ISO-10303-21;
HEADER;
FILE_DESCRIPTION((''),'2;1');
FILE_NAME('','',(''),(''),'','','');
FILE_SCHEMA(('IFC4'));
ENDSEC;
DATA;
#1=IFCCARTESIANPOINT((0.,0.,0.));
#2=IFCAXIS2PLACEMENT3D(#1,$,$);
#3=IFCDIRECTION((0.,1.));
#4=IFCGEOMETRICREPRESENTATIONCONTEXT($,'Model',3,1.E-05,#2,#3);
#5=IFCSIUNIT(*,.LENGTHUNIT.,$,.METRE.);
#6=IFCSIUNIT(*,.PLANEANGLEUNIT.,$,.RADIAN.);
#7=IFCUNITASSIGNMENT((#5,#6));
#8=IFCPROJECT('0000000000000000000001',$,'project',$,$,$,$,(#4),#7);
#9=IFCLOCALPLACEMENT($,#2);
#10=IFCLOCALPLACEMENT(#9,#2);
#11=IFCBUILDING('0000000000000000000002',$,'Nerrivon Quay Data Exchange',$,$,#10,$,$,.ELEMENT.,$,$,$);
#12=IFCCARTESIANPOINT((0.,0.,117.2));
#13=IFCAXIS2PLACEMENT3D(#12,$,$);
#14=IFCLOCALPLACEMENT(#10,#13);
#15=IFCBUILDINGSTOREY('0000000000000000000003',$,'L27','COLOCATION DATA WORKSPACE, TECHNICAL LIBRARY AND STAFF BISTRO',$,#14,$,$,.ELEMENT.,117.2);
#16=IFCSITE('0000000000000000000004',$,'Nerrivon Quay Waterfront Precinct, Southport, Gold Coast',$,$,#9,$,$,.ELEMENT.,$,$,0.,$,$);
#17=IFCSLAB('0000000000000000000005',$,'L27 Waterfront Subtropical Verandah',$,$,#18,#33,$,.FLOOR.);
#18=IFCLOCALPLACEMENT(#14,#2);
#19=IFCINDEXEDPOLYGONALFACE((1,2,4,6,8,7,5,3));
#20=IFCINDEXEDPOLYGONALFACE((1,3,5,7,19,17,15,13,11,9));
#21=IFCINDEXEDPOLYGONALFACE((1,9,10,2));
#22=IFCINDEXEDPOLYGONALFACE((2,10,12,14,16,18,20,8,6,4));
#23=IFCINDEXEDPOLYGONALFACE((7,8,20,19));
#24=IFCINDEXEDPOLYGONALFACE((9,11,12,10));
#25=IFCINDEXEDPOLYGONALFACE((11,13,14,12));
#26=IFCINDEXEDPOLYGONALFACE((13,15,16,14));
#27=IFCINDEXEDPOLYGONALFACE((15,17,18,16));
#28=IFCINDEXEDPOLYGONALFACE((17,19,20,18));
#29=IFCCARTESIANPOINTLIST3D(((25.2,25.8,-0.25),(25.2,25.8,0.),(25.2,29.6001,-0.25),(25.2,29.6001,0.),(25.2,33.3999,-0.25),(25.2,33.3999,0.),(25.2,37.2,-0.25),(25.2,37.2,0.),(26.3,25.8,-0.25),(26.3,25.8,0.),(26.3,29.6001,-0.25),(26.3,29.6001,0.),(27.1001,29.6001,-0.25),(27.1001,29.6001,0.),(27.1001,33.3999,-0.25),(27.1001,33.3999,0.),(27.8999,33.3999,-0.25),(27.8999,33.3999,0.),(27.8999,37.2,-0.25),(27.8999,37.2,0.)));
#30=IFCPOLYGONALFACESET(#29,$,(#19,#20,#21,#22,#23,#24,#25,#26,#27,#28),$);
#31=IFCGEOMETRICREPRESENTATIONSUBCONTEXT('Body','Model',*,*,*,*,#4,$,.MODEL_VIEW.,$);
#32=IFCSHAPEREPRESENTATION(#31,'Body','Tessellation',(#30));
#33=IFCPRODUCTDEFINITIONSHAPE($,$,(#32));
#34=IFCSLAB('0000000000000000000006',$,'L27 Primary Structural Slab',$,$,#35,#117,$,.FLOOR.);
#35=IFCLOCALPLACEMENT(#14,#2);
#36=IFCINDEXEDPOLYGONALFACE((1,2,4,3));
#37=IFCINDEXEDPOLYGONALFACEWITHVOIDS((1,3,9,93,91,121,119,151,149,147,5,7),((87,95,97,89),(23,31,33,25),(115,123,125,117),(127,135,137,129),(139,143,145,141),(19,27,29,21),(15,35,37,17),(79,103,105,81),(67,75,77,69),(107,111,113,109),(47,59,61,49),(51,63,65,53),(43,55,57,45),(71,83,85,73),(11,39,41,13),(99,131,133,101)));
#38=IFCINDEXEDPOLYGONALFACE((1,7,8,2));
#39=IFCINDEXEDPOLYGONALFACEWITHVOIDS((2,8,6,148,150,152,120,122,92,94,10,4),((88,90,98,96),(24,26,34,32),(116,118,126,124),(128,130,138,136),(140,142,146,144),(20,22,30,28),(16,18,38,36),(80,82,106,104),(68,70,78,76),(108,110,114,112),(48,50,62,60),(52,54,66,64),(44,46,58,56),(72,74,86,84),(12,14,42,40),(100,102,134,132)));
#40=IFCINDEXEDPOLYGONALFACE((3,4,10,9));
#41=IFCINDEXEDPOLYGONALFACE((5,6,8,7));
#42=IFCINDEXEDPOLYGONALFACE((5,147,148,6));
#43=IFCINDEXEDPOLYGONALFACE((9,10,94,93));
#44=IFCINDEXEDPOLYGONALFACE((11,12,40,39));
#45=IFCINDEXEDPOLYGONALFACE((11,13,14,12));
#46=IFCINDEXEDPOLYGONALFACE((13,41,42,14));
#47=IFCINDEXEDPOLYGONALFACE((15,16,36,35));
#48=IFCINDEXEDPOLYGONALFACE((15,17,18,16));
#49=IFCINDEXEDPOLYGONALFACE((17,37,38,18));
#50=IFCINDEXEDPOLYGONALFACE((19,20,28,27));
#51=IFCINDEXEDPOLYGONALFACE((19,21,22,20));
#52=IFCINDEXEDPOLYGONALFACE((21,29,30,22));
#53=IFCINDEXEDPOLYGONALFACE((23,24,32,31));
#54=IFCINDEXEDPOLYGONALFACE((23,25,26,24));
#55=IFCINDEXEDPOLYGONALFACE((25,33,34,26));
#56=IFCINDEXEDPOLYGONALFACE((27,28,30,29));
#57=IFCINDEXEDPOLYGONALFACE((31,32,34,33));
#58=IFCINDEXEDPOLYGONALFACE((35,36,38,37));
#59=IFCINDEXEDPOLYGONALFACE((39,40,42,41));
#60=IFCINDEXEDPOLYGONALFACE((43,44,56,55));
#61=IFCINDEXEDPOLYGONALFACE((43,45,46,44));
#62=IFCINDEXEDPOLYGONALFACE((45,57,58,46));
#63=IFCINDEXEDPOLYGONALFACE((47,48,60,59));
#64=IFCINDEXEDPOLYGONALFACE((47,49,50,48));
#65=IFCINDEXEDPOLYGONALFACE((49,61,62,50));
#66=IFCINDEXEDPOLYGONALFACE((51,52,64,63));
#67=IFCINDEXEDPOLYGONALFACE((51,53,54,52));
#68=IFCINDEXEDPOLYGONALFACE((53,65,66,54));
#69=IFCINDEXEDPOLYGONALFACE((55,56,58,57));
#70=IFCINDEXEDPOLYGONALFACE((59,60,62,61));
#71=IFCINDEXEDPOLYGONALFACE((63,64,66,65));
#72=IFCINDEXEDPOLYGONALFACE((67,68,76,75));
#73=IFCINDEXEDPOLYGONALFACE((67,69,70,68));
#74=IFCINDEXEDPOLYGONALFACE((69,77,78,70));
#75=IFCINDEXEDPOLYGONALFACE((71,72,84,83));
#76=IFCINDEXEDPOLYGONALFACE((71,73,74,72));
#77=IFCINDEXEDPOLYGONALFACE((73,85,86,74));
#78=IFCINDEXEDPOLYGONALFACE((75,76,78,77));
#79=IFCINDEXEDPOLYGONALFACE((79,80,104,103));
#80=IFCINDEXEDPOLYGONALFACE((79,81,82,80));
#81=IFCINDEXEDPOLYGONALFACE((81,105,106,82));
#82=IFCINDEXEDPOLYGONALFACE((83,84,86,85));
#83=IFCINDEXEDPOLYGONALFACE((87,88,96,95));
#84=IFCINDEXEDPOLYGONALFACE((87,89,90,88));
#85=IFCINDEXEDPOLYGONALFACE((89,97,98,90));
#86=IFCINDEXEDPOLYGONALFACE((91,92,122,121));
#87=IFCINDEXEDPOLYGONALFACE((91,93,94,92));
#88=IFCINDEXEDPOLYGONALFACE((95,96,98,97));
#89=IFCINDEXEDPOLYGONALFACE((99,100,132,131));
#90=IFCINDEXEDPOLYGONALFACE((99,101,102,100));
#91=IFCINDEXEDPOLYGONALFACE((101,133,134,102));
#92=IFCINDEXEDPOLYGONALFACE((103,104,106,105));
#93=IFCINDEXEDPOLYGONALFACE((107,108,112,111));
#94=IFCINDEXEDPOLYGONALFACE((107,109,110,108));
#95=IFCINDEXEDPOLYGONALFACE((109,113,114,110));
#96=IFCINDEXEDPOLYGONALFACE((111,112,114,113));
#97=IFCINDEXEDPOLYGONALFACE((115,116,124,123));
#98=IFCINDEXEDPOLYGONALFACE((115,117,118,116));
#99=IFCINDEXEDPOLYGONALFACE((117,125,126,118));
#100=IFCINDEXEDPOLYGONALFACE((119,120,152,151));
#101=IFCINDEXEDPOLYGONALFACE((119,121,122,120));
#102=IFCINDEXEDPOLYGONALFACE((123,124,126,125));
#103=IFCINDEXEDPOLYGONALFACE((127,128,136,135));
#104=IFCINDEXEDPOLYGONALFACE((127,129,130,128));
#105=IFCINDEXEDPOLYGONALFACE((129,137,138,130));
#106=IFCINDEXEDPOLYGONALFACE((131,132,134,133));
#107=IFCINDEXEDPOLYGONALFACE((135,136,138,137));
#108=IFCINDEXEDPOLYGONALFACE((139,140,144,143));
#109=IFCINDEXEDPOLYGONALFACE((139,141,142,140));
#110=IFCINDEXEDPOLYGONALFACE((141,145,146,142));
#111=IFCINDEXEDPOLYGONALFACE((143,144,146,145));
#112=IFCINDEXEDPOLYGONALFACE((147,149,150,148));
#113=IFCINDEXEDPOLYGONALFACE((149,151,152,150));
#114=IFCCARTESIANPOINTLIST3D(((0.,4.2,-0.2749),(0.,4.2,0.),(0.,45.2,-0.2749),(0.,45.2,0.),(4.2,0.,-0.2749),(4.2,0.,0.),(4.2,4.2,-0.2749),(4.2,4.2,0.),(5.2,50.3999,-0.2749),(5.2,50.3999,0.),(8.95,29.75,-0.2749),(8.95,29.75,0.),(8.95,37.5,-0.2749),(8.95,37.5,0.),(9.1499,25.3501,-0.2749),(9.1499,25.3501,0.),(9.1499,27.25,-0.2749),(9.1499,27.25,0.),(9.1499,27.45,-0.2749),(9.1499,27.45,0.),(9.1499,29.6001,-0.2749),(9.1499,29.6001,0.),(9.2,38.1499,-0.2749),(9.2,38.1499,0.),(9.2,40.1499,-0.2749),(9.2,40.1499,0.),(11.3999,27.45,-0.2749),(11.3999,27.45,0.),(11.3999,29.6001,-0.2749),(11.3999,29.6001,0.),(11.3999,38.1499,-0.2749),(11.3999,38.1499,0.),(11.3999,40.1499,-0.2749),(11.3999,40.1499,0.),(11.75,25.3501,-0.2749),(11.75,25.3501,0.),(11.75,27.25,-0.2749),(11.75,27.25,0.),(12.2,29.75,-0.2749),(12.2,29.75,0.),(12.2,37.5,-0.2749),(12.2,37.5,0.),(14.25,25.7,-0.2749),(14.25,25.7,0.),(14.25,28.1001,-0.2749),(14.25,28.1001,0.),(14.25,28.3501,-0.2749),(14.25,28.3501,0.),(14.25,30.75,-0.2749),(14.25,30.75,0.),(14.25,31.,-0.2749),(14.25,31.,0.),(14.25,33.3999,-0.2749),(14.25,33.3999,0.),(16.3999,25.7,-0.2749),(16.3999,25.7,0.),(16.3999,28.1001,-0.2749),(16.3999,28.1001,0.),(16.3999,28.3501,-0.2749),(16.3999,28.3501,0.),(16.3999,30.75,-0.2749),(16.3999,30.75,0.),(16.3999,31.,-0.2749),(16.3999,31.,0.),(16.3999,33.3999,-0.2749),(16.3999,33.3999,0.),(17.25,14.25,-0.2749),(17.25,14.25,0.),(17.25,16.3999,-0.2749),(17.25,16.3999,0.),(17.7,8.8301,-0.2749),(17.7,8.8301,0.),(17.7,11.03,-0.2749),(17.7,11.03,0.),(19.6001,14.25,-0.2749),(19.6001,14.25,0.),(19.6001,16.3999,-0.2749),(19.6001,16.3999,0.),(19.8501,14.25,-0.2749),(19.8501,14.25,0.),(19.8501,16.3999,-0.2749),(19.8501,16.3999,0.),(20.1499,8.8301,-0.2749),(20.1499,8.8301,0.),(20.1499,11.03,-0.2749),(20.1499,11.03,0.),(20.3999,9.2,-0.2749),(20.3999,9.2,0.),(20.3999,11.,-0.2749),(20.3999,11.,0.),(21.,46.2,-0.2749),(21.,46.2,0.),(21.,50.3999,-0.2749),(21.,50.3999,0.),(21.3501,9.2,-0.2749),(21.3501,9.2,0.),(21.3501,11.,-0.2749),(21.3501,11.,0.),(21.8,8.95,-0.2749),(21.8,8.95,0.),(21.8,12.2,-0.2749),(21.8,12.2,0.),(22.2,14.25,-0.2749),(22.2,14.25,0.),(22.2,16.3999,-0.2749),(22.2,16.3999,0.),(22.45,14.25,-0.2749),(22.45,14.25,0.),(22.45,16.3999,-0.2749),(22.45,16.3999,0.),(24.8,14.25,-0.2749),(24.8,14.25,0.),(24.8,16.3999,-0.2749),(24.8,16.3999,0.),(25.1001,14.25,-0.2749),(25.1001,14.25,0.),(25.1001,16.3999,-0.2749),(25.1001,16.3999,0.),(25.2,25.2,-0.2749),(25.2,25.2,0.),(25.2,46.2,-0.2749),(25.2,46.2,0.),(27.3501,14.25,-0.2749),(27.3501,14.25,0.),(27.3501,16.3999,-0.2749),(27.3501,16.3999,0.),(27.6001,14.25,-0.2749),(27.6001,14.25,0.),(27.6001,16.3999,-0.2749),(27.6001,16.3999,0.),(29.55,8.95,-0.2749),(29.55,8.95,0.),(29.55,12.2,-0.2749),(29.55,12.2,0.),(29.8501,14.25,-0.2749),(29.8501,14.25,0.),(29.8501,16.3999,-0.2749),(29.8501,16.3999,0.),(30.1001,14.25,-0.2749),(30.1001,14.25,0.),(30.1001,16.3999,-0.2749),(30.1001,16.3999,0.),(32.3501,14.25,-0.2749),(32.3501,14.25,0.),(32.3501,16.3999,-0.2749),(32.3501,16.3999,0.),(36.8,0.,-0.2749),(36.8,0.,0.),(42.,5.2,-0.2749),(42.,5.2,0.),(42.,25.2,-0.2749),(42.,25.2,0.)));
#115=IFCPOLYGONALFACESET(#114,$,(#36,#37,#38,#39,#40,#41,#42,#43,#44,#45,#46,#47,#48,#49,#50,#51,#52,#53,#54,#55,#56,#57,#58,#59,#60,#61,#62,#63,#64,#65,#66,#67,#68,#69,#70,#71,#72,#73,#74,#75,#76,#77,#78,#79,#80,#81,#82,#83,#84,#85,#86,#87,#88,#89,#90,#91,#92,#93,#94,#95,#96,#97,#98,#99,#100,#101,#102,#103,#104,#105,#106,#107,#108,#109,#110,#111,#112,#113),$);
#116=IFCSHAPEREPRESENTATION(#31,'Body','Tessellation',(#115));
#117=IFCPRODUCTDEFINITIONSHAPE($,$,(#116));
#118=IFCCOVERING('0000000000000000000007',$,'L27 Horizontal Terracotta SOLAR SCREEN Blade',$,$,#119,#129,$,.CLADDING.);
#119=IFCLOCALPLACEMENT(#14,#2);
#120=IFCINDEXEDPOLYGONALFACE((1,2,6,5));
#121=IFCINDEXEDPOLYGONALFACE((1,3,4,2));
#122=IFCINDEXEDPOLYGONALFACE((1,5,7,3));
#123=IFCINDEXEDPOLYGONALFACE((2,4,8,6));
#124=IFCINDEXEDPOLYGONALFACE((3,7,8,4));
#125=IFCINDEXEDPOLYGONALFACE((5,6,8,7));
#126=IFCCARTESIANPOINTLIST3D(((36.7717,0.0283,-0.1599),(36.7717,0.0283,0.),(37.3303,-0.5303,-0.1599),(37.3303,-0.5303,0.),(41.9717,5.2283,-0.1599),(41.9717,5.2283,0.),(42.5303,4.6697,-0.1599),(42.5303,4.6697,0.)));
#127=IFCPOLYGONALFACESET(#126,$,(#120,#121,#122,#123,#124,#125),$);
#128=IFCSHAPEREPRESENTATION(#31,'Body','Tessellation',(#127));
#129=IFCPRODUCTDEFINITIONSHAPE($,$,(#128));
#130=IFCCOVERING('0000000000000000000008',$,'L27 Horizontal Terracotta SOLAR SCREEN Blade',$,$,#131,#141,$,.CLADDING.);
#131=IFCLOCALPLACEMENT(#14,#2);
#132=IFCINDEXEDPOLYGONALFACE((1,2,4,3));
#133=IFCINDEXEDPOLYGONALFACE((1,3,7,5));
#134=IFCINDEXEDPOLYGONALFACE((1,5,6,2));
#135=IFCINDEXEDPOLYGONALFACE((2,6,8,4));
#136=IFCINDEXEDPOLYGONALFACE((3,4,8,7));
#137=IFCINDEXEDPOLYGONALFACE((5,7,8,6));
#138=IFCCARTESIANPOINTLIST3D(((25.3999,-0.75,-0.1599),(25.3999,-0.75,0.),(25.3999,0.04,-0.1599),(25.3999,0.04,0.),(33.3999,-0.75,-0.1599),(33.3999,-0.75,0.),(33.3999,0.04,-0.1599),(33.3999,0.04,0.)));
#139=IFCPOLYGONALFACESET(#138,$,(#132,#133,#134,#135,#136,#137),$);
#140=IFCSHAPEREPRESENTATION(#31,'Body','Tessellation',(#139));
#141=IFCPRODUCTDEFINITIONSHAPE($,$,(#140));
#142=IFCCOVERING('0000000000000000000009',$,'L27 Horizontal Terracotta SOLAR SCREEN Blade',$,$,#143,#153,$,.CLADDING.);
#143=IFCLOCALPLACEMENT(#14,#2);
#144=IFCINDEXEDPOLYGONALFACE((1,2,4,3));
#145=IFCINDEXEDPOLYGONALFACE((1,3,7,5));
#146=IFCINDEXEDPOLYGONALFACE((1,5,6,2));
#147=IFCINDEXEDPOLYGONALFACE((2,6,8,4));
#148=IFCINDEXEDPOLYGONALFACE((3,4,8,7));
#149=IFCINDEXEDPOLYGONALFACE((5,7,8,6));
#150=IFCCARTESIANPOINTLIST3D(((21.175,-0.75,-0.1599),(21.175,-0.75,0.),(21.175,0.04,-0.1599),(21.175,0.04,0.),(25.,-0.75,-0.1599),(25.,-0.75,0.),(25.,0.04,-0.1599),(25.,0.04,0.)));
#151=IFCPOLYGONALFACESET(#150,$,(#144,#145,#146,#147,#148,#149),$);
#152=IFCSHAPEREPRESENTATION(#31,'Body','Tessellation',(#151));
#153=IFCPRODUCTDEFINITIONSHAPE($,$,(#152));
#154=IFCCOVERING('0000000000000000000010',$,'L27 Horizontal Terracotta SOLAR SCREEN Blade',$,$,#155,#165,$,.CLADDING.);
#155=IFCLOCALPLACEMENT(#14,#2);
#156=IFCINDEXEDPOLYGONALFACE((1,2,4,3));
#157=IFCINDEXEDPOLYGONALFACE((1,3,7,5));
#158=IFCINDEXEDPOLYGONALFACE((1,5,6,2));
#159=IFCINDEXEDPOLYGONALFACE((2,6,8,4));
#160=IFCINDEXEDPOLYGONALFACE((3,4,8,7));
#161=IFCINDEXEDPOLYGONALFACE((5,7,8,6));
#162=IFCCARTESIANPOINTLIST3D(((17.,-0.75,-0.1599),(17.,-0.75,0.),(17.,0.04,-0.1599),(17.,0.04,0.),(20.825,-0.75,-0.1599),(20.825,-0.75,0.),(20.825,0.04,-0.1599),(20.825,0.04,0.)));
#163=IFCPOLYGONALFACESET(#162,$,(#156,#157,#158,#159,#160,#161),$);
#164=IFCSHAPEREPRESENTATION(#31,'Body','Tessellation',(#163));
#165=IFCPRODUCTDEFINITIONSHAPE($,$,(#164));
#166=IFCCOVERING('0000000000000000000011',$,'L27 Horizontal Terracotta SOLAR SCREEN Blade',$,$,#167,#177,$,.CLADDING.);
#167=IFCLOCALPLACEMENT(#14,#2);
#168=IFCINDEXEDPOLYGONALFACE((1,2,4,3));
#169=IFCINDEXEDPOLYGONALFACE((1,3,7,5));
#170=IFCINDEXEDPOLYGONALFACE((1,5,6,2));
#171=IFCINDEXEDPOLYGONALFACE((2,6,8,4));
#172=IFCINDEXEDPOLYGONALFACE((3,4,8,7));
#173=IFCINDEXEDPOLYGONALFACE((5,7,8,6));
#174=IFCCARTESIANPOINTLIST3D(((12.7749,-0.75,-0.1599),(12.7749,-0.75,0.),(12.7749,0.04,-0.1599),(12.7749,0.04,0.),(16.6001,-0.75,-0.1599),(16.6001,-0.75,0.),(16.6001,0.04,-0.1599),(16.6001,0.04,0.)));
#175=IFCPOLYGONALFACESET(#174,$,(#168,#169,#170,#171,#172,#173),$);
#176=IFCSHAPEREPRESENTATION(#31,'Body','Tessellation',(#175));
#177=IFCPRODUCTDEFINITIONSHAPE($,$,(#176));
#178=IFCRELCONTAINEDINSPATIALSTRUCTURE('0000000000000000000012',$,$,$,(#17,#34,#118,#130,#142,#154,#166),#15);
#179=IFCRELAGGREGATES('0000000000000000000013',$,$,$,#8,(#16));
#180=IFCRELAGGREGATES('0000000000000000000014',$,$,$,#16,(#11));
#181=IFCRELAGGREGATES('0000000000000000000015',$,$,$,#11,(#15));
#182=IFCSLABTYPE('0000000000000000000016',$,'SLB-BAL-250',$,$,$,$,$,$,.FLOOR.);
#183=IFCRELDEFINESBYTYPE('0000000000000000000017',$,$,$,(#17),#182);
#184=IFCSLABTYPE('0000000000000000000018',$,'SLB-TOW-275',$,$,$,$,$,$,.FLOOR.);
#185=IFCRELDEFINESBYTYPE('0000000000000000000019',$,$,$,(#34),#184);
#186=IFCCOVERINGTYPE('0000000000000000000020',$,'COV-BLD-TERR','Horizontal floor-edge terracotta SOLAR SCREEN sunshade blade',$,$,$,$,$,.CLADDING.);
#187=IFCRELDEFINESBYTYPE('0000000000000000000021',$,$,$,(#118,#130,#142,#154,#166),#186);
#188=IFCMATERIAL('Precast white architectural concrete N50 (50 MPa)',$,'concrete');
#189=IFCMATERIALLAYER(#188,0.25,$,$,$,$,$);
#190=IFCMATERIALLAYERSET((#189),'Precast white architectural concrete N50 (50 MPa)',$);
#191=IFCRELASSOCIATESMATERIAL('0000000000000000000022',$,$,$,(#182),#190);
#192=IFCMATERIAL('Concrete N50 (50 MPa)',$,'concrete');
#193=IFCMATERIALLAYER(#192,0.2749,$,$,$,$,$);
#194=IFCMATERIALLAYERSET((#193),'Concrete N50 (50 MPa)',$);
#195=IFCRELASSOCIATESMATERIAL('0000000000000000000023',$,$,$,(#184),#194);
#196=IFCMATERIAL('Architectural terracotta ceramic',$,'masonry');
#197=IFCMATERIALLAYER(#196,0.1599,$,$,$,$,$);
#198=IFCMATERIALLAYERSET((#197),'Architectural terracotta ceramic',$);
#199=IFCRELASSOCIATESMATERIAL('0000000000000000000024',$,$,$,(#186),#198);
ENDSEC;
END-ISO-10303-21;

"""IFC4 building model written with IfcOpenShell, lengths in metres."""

from ifc_helpers import new_model, si_unit, direction, frame, origin, place, context, subcontext, project, spatial, polyline, outline, extrude, material, layer, layer_set, type_object, element, save


model = new_model("IFC4")

# Units and contexts
model_context = context("Model", 3, precision=1e-05, world=origin(), true_north=direction((0.0, 1.0)))
body_context = subcontext(model_context, "Body", "Model", "MODEL_VIEW")
ifc_project = project(units=[si_unit("LENGTHUNIT", "METRE"), si_unit("PLANEANGLEUNIT", "RADIAN")], contexts=[model_context])

# Site, building, storey
site_placement = place(None, origin())
site = spatial("IfcSite", under=ifc_project, at=site_placement, Name="Nerrivon Quay Waterfront Precinct, Southport, Gold Coast", CompositionType="ELEMENT", RefElevation=0.0)
building_placement = place(site_placement, origin())
building = spatial("IfcBuilding", under=site, at=building_placement, Name="Nerrivon Quay Data Exchange", CompositionType="ELEMENT")
storey_placement = place(building_placement, frame((0.0, 0.0, 117.2)))
storey = spatial("IfcBuildingStorey", under=building, at=storey_placement, Name="L27", Description="COLOCATION DATA WORKSPACE, TECHNICAL LIBRARY AND STAFF BISTRO", CompositionType="ELEMENT", Elevation=117.2)

# Slabs
ifc_material_1 = material(Name="Precast white architectural concrete N50 (50 MPa)", Category="concrete")
ifc_layer_1 = layer(ifc_material_1, 0.25)
ifc_layer_set_1 = layer_set([ifc_layer_1], Name="Precast white architectural concrete N50 (50 MPa)")
slab_type_1 = type_object("IfcSlabType", Name="SLB-BAL-250", PredefinedType="FLOOR", material=ifc_layer_set_1)
slab_1_placement = place(storey_placement, frame((0.0, 0.0, -0.25)))
element("IfcSlab", 1, at=slab_1_placement, inside=storey, type_object=slab_type_1, Name="L27 Waterfront Subtropical Verandah", PredefinedType="FLOOR", context=body_context, shape_type="SweptSolid", body=[
    extrude(outline(polyline([(26.3, 29.6001), (27.1001, 29.6001), (27.1001, 33.3999), (27.8999, 33.3999), (27.8999, 37.2), (25.2, 37.2), (25.2, 33.3999), (25.2, 29.6001), (25.2, 25.8), (26.3, 25.8), (26.3, 29.6001)])), origin(), (0.0, 0.0, 1.0), 0.25),
])
ifc_material_2 = material(Name="Concrete N50 (50 MPa)", Category="concrete")
ifc_layer_2 = layer(ifc_material_2, 0.2749)
ifc_layer_set_2 = layer_set([ifc_layer_2], Name="Concrete N50 (50 MPa)")
slab_type_2 = type_object("IfcSlabType", Name="SLB-TOW-275", PredefinedType="FLOOR", material=ifc_layer_set_2)
slab_2_placement = place(storey_placement, frame((0.0, 0.0, -0.2749)))
element("IfcSlab", 2, at=slab_2_placement, inside=storey, type_object=slab_type_2, Name="L27 Primary Structural Slab", PredefinedType="FLOOR", context=body_context, shape_type="SweptSolid", body=[
    extrude(outline(polyline([(42.0, 25.2), (25.2, 25.2), (25.2, 46.2), (21.0, 46.2), (21.0, 50.3999), (5.2, 50.3999), (0.0, 45.2), (0.0, 4.2), (4.2, 4.2), (4.2, 0.0), (36.8, 0.0), (42.0, 5.2), (42.0, 25.2)]), holes=[polyline([(8.95, 29.75), (8.95, 37.5), (12.2, 37.5), (12.2, 29.75), (8.95, 29.75)]), polyline([(21.8, 12.2), (29.55, 12.2), (29.55, 8.95), (21.8, 8.95), (21.8, 12.2)]), polyline([(30.1001, 16.3999), (32.3501, 16.3999), (32.3501, 14.25), (30.1001, 14.25), (30.1001, 16.3999)]), polyline([(27.6001, 16.3999), (29.8501, 16.3999), (29.8501, 14.25), (27.6001, 14.25), (27.6001, 16.3999)]), polyline([(25.1001, 16.3999), (27.3501, 16.3999), (27.3501, 14.25), (25.1001, 14.25), (25.1001, 16.3999)]), polyline([(22.45, 16.3999), (24.8, 16.3999), (24.8, 14.25), (22.45, 14.25), (22.45, 16.3999)]), polyline([(19.8501, 16.3999), (22.2, 16.3999), (22.2, 14.25), (19.8501, 14.25), (19.8501, 16.3999)]), polyline([(20.3999, 11.0), (21.3501, 11.0), (21.3501, 9.2), (20.3999, 9.2), (20.3999, 11.0)]), polyline([(17.7, 8.8301), (17.7, 11.03), (20.1499, 11.03), (20.1499, 8.8301), (17.7, 8.8301)]), polyline([(17.25, 14.25), (17.25, 16.3999), (19.6001, 16.3999), (19.6001, 14.25), (17.25, 14.25)]), polyline([(14.25, 28.1001), (16.3999, 28.1001), (16.3999, 25.7), (14.25, 25.7), (14.25, 28.1001)]), polyline([(14.25, 30.75), (16.3999, 30.75), (16.3999, 28.3501), (14.25, 28.3501), (14.25, 30.75)]), polyline([(14.25, 33.3999), (16.3999, 33.3999), (16.3999, 31.0), (14.25, 31.0), (14.25, 33.3999)]), polyline([(9.1499, 27.25), (11.75, 27.25), (11.75, 25.3501), (9.1499, 25.3501), (9.1499, 27.25)]), polyline([(9.1499, 29.6001), (11.3999, 29.6001), (11.3999, 27.45), (9.1499, 27.45), (9.1499, 29.6001)]), polyline([(9.2, 40.1499), (11.3999, 40.1499), (11.3999, 38.1499), (9.2, 38.1499), (9.2, 40.1499)])]), origin(), (0.0, 0.0, 1.0), 0.2749),
])

# Coverings
ifc_material_3 = material(Name="Architectural terracotta ceramic", Category="masonry")
ifc_layer_3 = layer(ifc_material_3, 0.1599)
ifc_layer_set_3 = layer_set([ifc_layer_3], Name="Architectural terracotta ceramic")
covering_type = type_object("IfcCoveringType", Name="COV-BLD-TERR", Description="Horizontal floor-edge terracotta SOLAR SCREEN sunshade blade", PredefinedType="CLADDING", material=ifc_layer_set_3)
covering_1_placement = place(storey_placement, frame((0.0, 0.0, -0.1599)))
element("IfcCovering", 3, at=covering_1_placement, inside=storey, type_object=covering_type, Name="L27 Horizontal Terracotta SOLAR SCREEN Blade", PredefinedType="CLADDING", context=body_context, shape_type="SweptSolid", body=[
    extrude(outline(polyline([(41.9717, 5.2283), (36.7717, 0.0283), (37.3303, -0.5303), (42.5303, 4.6697), (41.9717, 5.2283)])), origin(), (0.0, 0.0, 1.0), 0.1599),
])
covering_2_placement = place(storey_placement, frame((0.0, 0.0, -0.1599)))
element("IfcCovering", 4, at=covering_2_placement, inside=storey, type_object=covering_type, Name="L27 Horizontal Terracotta SOLAR SCREEN Blade", PredefinedType="CLADDING", context=body_context, shape_type="SweptSolid", body=[
    extrude(outline(polyline([(33.3999, 0.04), (25.3999, 0.04), (25.3999, -0.75), (33.3999, -0.75), (33.3999, 0.04)])), origin(), (0.0, 0.0, 1.0), 0.1599),
])
covering_3_placement = place(storey_placement, frame((0.0, 0.0, -0.1599)))
element("IfcCovering", 5, at=covering_3_placement, inside=storey, type_object=covering_type, Name="L27 Horizontal Terracotta SOLAR SCREEN Blade", PredefinedType="CLADDING", context=body_context, shape_type="SweptSolid", body=[
    extrude(outline(polyline([(25.0, 0.04), (21.175, 0.04), (21.175, -0.75), (25.0, -0.75), (25.0, 0.04)])), origin(), (0.0, 0.0, 1.0), 0.1599),
])
covering_4_placement = place(storey_placement, frame((0.0, 0.0, -0.1599)))
element("IfcCovering", 6, at=covering_4_placement, inside=storey, type_object=covering_type, Name="L27 Horizontal Terracotta SOLAR SCREEN Blade", PredefinedType="CLADDING", context=body_context, shape_type="SweptSolid", body=[
    extrude(outline(polyline([(20.825, 0.04), (17.0, 0.04), (17.0, -0.75), (20.825, -0.75), (20.825, 0.04)])), origin(), (0.0, 0.0, 1.0), 0.1599),
])
covering_5_placement = place(storey_placement, frame((0.0, 0.0, -0.1599)))
element("IfcCovering", 7, at=covering_5_placement, inside=storey, type_object=covering_type, Name="L27 Horizontal Terracotta SOLAR SCREEN Blade", PredefinedType="CLADDING", context=body_context, shape_type="SweptSolid", body=[
    extrude(outline(polyline([(16.6001, 0.04), (12.7749, 0.04), (12.7749, -0.75), (16.6001, -0.75), (16.6001, 0.04)])), origin(), (0.0, 0.0, 1.0), 0.1599),
])

save(model, "model.ifc")
